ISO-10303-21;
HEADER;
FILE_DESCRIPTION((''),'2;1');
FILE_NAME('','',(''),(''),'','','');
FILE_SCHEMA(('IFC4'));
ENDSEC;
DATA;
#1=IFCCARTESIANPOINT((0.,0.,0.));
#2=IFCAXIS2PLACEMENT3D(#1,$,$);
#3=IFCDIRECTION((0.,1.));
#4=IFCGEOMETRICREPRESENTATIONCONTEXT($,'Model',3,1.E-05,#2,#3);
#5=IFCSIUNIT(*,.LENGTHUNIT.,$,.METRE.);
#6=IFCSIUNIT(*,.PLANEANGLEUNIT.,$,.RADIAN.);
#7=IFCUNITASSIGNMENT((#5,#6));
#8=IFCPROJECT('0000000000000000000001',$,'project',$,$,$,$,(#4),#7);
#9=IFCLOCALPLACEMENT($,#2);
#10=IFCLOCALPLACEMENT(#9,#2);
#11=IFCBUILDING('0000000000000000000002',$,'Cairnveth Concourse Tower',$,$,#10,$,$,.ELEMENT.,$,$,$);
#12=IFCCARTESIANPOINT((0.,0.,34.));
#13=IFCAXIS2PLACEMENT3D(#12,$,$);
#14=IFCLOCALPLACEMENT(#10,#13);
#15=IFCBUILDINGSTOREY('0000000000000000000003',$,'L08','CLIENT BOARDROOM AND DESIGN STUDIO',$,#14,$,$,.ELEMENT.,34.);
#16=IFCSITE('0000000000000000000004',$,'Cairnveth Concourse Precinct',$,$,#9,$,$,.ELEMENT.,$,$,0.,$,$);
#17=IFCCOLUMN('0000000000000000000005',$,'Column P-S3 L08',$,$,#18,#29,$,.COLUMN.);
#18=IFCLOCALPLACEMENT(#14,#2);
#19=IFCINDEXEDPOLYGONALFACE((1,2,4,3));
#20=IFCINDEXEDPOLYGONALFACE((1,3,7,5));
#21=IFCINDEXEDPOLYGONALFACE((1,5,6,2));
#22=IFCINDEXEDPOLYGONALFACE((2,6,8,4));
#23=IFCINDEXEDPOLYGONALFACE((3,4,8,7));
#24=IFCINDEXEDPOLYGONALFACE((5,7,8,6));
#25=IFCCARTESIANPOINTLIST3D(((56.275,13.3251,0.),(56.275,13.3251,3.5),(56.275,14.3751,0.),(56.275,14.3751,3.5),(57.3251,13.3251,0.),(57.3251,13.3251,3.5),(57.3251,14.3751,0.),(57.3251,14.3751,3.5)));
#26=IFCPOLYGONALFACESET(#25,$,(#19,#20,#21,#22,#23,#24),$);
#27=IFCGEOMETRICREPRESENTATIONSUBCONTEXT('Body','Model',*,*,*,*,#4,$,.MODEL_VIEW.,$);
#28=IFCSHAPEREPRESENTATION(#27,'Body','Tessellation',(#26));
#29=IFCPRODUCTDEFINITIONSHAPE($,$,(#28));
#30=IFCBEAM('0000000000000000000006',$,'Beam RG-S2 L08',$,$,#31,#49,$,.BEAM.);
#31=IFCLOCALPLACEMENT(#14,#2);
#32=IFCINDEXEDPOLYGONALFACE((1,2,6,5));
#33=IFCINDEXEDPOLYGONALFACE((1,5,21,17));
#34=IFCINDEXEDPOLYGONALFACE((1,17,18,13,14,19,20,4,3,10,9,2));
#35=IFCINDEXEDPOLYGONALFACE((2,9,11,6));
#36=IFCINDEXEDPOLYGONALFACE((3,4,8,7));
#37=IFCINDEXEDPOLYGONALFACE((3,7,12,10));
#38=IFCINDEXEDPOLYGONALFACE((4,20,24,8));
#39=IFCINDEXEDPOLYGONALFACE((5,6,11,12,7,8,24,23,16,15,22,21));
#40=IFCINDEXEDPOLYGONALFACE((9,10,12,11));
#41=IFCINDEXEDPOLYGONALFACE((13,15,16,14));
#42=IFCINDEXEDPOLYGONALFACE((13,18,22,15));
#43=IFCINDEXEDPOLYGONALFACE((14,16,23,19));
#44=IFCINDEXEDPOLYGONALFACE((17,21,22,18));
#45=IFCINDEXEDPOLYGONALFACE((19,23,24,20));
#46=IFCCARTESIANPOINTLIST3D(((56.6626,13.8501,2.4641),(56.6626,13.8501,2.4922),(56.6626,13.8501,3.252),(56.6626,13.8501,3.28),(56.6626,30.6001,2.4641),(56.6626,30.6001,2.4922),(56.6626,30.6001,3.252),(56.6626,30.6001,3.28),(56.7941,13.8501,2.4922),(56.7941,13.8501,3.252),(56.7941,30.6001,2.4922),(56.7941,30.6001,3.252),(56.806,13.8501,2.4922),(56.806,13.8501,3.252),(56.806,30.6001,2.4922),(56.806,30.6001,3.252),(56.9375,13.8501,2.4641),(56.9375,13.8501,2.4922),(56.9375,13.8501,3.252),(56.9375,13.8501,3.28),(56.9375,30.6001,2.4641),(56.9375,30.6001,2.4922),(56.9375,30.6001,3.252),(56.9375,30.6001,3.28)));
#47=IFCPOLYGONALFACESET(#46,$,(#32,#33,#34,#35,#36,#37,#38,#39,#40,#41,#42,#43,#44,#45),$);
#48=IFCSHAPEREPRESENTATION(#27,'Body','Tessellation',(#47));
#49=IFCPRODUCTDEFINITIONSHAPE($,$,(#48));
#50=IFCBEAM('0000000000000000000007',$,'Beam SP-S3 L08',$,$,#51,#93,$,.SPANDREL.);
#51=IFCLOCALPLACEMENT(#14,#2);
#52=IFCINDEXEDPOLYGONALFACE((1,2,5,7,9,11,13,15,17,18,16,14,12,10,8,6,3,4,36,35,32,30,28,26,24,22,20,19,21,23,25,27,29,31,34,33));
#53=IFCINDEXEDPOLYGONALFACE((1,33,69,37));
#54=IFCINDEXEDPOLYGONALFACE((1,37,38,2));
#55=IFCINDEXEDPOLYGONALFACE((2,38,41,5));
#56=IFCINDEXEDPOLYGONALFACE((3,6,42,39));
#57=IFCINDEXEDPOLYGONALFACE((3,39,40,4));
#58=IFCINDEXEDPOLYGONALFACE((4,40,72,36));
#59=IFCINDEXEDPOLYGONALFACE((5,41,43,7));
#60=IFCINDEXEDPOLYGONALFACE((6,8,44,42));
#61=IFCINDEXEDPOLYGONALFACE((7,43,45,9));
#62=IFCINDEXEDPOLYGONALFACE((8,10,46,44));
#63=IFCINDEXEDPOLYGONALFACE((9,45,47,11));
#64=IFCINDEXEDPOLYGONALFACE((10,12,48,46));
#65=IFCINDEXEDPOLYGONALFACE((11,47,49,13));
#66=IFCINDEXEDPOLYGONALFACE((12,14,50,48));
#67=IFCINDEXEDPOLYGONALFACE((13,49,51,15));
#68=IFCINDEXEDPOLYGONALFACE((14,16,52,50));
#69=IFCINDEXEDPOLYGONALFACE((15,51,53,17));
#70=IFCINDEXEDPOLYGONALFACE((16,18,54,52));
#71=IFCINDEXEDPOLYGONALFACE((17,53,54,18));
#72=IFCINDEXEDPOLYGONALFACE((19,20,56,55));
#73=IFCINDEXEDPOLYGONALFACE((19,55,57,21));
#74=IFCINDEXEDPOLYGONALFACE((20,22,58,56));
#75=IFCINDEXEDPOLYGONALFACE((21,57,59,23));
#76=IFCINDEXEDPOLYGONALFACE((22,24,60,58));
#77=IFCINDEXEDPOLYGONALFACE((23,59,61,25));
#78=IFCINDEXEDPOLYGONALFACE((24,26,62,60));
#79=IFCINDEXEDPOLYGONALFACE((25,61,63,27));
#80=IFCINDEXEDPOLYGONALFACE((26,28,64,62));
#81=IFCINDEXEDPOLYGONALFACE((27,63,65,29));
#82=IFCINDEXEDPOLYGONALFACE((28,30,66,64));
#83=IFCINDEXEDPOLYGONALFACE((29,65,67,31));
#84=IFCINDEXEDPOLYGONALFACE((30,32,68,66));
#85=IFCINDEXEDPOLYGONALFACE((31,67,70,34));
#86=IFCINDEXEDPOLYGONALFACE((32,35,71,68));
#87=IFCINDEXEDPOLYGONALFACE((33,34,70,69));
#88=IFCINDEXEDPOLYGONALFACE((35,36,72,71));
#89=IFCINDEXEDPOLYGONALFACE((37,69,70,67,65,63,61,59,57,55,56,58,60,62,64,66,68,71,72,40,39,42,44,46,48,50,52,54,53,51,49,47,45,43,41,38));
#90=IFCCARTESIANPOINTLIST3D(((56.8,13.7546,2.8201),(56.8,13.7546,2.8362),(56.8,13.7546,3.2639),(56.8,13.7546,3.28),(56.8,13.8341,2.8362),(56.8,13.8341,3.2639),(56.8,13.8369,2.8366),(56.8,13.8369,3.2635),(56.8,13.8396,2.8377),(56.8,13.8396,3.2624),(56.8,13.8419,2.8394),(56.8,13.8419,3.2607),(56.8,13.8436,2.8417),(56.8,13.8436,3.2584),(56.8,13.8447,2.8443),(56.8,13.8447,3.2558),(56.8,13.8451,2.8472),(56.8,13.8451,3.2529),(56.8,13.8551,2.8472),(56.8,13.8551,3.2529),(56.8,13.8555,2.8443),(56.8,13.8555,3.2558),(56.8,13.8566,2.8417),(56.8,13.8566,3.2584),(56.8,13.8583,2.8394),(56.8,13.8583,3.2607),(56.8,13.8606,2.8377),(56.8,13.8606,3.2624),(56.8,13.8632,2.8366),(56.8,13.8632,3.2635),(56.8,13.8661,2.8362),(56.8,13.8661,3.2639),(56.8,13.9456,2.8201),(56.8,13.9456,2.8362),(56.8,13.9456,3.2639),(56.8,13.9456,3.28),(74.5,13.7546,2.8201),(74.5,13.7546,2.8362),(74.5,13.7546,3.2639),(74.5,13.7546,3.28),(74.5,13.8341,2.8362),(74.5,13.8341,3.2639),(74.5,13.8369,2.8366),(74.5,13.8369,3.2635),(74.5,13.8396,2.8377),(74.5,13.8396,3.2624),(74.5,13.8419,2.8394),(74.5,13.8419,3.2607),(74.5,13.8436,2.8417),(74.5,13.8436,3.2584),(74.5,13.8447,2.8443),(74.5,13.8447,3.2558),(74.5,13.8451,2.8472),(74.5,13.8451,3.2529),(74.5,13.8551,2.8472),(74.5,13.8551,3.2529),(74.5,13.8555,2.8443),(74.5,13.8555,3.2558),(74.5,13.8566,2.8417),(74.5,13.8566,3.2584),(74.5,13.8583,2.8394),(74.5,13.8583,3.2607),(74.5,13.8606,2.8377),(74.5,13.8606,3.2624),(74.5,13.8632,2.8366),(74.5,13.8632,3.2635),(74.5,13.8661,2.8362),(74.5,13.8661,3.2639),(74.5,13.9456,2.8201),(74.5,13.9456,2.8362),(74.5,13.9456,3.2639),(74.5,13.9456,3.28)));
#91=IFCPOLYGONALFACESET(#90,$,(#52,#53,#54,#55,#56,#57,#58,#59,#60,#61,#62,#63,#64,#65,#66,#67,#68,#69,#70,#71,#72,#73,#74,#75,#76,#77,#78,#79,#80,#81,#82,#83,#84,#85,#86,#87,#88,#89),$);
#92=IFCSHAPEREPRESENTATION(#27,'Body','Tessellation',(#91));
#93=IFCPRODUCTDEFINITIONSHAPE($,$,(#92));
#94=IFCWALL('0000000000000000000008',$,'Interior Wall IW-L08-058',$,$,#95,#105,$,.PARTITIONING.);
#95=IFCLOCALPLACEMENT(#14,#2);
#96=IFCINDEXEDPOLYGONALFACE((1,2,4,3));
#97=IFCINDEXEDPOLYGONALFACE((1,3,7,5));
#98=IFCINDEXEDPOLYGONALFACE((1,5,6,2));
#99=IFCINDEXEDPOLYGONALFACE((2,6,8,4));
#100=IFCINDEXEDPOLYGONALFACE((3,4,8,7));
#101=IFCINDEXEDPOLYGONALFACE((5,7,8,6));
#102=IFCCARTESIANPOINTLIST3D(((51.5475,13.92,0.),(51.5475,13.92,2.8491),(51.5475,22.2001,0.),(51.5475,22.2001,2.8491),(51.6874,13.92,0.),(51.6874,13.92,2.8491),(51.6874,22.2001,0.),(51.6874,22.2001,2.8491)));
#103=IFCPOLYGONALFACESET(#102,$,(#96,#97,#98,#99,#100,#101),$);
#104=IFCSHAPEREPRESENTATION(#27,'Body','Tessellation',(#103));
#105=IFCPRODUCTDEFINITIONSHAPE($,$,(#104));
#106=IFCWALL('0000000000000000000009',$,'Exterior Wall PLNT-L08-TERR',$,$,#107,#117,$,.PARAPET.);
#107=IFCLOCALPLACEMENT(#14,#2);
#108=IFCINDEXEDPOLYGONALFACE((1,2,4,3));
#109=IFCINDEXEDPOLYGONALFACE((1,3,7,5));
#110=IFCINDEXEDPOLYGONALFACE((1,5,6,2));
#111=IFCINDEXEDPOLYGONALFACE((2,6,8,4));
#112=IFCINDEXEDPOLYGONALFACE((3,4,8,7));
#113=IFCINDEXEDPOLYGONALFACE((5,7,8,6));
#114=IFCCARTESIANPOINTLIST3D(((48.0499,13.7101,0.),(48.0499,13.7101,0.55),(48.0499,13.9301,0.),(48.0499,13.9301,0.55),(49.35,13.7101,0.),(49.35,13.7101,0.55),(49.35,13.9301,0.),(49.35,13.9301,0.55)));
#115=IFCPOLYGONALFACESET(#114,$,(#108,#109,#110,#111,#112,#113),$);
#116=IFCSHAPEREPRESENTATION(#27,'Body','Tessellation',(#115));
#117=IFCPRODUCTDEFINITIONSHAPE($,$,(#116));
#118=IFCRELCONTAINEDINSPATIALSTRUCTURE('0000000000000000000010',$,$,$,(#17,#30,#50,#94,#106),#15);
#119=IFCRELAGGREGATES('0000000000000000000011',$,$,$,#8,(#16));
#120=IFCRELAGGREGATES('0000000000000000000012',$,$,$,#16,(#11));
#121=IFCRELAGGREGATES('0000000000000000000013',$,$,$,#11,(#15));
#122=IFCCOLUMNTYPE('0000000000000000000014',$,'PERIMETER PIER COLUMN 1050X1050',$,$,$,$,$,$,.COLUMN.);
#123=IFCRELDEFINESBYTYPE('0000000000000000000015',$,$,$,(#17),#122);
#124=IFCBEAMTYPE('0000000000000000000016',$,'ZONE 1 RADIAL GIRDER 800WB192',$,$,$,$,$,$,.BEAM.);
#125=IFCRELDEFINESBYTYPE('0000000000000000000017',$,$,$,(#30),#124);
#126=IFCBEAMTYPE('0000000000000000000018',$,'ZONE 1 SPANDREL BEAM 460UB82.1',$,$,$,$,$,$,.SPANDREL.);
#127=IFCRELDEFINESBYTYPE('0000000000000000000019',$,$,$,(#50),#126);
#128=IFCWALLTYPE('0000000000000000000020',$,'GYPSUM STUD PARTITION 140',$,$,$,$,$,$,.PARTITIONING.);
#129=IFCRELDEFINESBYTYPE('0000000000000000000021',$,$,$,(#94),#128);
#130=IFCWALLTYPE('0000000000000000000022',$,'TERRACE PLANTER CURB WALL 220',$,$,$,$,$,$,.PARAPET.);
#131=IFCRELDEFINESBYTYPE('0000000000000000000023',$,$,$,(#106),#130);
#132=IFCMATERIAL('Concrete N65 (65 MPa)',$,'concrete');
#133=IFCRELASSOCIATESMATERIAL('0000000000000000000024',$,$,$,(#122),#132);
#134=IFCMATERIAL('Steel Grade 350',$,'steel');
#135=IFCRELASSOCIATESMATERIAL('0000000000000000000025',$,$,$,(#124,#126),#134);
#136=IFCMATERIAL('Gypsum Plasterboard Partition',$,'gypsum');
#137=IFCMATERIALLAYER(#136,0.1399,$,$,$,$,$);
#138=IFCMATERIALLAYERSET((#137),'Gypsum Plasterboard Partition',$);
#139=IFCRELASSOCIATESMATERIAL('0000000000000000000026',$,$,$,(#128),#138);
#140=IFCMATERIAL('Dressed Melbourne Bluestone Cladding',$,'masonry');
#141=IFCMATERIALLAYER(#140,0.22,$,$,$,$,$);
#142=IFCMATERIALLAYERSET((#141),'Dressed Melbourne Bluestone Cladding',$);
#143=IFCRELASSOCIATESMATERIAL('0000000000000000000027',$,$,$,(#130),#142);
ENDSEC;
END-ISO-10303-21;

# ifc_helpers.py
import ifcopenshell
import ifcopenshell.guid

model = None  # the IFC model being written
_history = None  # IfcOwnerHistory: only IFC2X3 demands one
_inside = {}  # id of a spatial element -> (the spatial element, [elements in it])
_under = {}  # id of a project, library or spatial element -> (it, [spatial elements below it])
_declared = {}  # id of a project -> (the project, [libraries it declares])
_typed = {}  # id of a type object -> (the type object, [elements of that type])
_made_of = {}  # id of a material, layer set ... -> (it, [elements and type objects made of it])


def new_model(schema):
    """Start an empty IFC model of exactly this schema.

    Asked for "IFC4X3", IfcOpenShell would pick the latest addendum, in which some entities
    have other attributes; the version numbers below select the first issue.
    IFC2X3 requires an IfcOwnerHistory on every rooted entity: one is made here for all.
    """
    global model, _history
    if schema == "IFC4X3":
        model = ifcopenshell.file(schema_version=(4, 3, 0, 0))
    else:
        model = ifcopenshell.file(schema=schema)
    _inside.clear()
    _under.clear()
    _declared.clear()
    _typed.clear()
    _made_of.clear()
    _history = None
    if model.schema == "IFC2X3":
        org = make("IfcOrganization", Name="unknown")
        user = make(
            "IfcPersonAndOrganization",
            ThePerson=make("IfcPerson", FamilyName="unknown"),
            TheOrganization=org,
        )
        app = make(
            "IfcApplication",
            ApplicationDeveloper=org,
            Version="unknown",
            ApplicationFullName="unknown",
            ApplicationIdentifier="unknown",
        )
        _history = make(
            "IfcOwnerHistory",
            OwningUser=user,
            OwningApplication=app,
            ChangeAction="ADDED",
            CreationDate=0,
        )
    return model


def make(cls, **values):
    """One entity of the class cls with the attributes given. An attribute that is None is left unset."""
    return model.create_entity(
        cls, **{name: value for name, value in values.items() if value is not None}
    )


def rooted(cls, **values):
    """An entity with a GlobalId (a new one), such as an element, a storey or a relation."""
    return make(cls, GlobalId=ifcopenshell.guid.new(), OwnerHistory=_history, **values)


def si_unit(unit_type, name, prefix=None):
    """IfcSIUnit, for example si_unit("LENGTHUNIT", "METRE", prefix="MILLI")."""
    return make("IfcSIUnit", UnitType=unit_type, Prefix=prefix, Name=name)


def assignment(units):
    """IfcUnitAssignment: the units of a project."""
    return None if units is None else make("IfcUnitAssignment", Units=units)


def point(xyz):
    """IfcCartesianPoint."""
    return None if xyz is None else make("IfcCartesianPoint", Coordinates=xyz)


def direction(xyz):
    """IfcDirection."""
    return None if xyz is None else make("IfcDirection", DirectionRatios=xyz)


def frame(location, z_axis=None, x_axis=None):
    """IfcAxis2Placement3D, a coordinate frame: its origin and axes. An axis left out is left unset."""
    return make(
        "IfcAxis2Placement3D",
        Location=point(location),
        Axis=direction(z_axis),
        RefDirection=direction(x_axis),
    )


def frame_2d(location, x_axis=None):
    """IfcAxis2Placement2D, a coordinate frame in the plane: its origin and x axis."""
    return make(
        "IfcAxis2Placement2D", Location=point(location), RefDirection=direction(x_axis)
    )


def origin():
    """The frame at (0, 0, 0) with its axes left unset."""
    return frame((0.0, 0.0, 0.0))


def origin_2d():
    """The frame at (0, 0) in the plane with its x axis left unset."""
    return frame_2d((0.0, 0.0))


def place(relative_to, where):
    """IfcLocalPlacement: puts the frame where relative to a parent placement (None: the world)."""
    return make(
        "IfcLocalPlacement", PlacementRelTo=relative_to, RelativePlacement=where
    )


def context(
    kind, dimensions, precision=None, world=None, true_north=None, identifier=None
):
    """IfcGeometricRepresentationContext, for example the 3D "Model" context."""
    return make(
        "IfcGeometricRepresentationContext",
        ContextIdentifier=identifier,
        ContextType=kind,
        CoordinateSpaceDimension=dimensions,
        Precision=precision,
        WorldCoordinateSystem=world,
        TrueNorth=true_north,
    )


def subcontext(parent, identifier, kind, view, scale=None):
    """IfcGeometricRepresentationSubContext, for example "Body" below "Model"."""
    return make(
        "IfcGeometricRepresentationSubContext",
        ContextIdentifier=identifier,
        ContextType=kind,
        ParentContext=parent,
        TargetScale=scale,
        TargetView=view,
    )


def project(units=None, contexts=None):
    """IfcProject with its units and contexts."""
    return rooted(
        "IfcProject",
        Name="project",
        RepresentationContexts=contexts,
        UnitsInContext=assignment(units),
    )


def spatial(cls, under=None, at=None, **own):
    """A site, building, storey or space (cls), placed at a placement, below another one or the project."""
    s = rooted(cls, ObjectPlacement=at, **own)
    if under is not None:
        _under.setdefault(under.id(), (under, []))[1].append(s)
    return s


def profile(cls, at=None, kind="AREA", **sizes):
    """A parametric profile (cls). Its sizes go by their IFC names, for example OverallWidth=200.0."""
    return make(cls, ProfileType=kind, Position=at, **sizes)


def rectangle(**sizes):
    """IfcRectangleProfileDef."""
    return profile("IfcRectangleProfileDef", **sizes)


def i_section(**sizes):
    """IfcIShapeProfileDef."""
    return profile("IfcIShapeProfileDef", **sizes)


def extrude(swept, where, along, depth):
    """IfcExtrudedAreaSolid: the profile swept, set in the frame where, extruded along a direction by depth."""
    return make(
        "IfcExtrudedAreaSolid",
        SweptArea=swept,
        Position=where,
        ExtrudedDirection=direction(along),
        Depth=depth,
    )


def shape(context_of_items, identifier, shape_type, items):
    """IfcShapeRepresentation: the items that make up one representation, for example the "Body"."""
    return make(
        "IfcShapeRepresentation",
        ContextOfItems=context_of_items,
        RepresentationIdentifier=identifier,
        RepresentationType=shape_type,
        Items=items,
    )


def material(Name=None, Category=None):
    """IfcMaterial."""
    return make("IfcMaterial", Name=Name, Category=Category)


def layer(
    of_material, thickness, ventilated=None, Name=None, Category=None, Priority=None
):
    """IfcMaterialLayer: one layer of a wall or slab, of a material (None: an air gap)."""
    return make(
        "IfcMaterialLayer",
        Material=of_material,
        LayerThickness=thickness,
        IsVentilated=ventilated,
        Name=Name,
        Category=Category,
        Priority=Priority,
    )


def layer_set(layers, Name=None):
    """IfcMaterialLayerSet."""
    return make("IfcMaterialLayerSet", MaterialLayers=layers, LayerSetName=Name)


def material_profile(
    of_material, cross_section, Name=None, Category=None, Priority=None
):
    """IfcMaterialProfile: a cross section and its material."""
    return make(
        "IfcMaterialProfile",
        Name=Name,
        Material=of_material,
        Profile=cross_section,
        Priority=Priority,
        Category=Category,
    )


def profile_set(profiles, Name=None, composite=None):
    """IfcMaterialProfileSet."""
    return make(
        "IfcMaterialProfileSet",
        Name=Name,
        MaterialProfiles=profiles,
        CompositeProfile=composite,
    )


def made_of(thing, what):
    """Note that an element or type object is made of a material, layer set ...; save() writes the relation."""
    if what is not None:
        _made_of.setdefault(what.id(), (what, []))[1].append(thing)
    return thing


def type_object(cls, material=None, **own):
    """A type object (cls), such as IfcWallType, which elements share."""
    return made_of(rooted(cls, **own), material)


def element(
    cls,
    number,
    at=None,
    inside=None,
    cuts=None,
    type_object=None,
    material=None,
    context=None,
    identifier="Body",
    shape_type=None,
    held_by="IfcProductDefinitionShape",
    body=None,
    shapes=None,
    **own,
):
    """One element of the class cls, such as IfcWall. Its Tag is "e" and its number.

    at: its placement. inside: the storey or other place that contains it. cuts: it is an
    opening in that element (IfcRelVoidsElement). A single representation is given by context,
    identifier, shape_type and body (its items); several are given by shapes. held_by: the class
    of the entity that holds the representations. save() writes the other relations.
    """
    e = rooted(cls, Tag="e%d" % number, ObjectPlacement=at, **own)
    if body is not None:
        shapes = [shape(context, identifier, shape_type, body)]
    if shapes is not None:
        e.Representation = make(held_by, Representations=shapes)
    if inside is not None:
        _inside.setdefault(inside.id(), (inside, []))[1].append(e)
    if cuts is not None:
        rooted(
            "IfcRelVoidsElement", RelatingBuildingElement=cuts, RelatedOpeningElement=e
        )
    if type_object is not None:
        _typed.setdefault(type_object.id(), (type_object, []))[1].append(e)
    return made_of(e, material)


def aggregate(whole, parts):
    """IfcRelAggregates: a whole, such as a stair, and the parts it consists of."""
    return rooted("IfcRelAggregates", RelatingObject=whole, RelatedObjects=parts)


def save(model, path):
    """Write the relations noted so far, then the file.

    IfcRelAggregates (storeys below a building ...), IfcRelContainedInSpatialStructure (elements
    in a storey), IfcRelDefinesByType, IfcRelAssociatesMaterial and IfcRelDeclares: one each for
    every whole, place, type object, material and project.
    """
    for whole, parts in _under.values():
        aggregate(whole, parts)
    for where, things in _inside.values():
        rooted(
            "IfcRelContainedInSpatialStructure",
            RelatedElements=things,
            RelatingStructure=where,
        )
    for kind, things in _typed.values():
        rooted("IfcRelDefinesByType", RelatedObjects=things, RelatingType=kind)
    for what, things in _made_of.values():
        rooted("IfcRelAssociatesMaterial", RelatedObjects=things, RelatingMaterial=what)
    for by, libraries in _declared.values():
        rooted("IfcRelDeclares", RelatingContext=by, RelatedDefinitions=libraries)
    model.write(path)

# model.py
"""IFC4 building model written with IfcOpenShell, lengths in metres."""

from ifc_helpers import new_model, si_unit, direction, frame, frame_2d, origin, origin_2d, place, context, subcontext, project, spatial, rectangle, i_section, extrude, material, layer, layer_set, material_profile, profile_set, type_object, element, save


model = new_model("IFC4")

# Units and contexts
model_context = context("Model", 3, precision=1e-05, world=origin(), true_north=direction((0.0, 1.0)))
body_context = subcontext(model_context, "Body", "Model", "MODEL_VIEW")
ifc_project = project(units=[si_unit("LENGTHUNIT", "METRE"), si_unit("PLANEANGLEUNIT", "RADIAN")], contexts=[model_context])

# Site, building, storey
site_placement = place(None, origin())
site = spatial("IfcSite", under=ifc_project, at=site_placement, Name="Cairnveth Concourse Precinct", CompositionType="ELEMENT", RefElevation=0.0)
building_placement = place(site_placement, origin())
building = spatial("IfcBuilding", under=site, at=building_placement, Name="Cairnveth Concourse Tower", CompositionType="ELEMENT")
storey_placement = place(building_placement, frame((0.0, 0.0, 34.0)))
storey = spatial("IfcBuildingStorey", under=building, at=storey_placement, Name="L08", Description="CLIENT BOARDROOM AND DESIGN STUDIO", CompositionType="ELEMENT", Elevation=34.0)

# Column
ifc_material_1 = material(Name="Concrete N65 (65 MPa)", Category="concrete")
ifc_material_profile_1 = material_profile(ifc_material_1, rectangle(XDim=1.05, YDim=1.05, at=origin_2d()), Name="RC-COL-1050x1050")
ifc_profile_set_1 = profile_set([ifc_material_profile_1], Name="Concrete N65 (65 MPa)")
column_type = type_object("IfcColumnType", Name="PERIMETER PIER COLUMN 1050X1050", PredefinedType="COLUMN", material=ifc_profile_set_1)
column_placement = place(storey_placement, frame((56.8, 13.8501, 0.0), z_axis=(0.0, 0.0, 1.0), x_axis=(1.0, 0.0, 0.0)))
element("IfcColumn", 1, at=column_placement, inside=storey, type_object=column_type, Name="Column P-S3 L08", PredefinedType="COLUMN", context=body_context, shape_type="SweptSolid", body=[
    extrude(rectangle(XDim=1.05, YDim=1.05, at=origin_2d()), origin(), (0.0, 0.0, 1.0), 3.5),
])

# Beams
ifc_material_2 = material(Name="Steel Grade 350", Category="steel")
ifc_material_profile_2 = material_profile(ifc_material_2, i_section(OverallWidth=0.2749, OverallDepth=0.8159, WebThickness=0.012, FlangeThickness=0.0281, at=origin_2d()), Name="800WB192")
ifc_profile_set_2 = profile_set([ifc_material_profile_2], Name="Steel Grade 350")
beam_type_1 = type_object("IfcBeamType", Name="ZONE 1 RADIAL GIRDER 800WB192", PredefinedType="BEAM", material=ifc_profile_set_2)
beam_1_placement = place(storey_placement, frame((56.8, 13.8501, 2.8721), z_axis=(0.0, 1.0, 0.0), x_axis=(-1.0, 0.0, 0.0)))
element("IfcBeam", 2, at=beam_1_placement, inside=storey, type_object=beam_type_1, Name="Beam RG-S2 L08", PredefinedType="BEAM", context=body_context, shape_type="SweptSolid", body=[
    extrude(i_section(OverallWidth=0.2749, OverallDepth=0.8159, WebThickness=0.012, FlangeThickness=0.0281, at=origin_2d()), origin(), (0.0, 0.0, 1.0), 16.75),
])
ifc_material_profile_3 = material_profile(ifc_material_2, i_section(OverallWidth=0.1909, OverallDepth=0.46, WebThickness=0.01, FlangeThickness=0.0161, FilletRadius=0.011, at=origin_2d()), Name="460UB82.1")
ifc_profile_set_3 = profile_set([ifc_material_profile_3], Name="Steel Grade 350")
beam_type_2 = type_object("IfcBeamType", Name="ZONE 1 SPANDREL BEAM 460UB82.1", PredefinedType="SPANDREL", material=ifc_profile_set_3)
beam_2_placement = place(storey_placement, frame((56.8, 13.8501, 3.05), z_axis=(1.0, 0.0, 0.0), x_axis=(0.0, 1.0, 0.0)))
element("IfcBeam", 3, at=beam_2_placement, inside=storey, type_object=beam_type_2, Name="Beam SP-S3 L08", PredefinedType="SPANDREL", context=body_context, shape_type="SweptSolid", body=[
    extrude(i_section(OverallWidth=0.1909, OverallDepth=0.46, WebThickness=0.01, FlangeThickness=0.0161, FilletRadius=0.011, at=origin_2d()), origin(), (0.0, 0.0, 1.0), 17.7),
])

# Walls
ifc_material_3 = material(Name="Gypsum Plasterboard Partition", Category="gypsum")
ifc_layer_1 = layer(ifc_material_3, 0.1399)
ifc_layer_set_1 = layer_set([ifc_layer_1], Name="Gypsum Plasterboard Partition")
wall_type_1 = type_object("IfcWallType", Name="GYPSUM STUD PARTITION 140", PredefinedType="PARTITIONING", material=ifc_layer_set_1)
wall_1_placement = place(storey_placement, frame((51.6174, 13.9199, 0.0), z_axis=(0.0, 0.0, 1.0), x_axis=(0.0, 1.0, 0.0)))
element("IfcWall", 4, at=wall_1_placement, inside=storey, type_object=wall_type_1, Name="Interior Wall IW-L08-058", PredefinedType="PARTITIONING", context=body_context, shape_type="SweptSolid", body=[
    extrude(rectangle(XDim=8.28, YDim=0.1399, at=frame_2d((4.1401, 0.0))), origin(), (0.0, 0.0, 1.0), 2.8491),
])
ifc_material_4 = material(Name="Dressed Melbourne Bluestone Cladding", Category="masonry")
ifc_layer_2 = layer(ifc_material_4, 0.22)
ifc_layer_set_2 = layer_set([ifc_layer_2], Name="Dressed Melbourne Bluestone Cladding")
wall_type_2 = type_object("IfcWallType", Name="TERRACE PLANTER CURB WALL 220", PredefinedType="PARAPET", material=ifc_layer_set_2)
wall_2_placement = place(storey_placement, frame((48.05, 13.8201, 0.0), z_axis=(0.0, 0.0, 1.0), x_axis=(1.0, 0.0, 0.0)))
element("IfcWall", 5, at=wall_2_placement, inside=storey, type_object=wall_type_2, Name="Exterior Wall PLNT-L08-TERR", PredefinedType="PARAPET", context=body_context, shape_type="SweptSolid", body=[
    extrude(rectangle(XDim=1.3, YDim=0.22, at=frame_2d((0.6499, 0.0))), origin(), (0.0, 0.0, 1.0), 0.55),
])

save(model, "model.ifc")
